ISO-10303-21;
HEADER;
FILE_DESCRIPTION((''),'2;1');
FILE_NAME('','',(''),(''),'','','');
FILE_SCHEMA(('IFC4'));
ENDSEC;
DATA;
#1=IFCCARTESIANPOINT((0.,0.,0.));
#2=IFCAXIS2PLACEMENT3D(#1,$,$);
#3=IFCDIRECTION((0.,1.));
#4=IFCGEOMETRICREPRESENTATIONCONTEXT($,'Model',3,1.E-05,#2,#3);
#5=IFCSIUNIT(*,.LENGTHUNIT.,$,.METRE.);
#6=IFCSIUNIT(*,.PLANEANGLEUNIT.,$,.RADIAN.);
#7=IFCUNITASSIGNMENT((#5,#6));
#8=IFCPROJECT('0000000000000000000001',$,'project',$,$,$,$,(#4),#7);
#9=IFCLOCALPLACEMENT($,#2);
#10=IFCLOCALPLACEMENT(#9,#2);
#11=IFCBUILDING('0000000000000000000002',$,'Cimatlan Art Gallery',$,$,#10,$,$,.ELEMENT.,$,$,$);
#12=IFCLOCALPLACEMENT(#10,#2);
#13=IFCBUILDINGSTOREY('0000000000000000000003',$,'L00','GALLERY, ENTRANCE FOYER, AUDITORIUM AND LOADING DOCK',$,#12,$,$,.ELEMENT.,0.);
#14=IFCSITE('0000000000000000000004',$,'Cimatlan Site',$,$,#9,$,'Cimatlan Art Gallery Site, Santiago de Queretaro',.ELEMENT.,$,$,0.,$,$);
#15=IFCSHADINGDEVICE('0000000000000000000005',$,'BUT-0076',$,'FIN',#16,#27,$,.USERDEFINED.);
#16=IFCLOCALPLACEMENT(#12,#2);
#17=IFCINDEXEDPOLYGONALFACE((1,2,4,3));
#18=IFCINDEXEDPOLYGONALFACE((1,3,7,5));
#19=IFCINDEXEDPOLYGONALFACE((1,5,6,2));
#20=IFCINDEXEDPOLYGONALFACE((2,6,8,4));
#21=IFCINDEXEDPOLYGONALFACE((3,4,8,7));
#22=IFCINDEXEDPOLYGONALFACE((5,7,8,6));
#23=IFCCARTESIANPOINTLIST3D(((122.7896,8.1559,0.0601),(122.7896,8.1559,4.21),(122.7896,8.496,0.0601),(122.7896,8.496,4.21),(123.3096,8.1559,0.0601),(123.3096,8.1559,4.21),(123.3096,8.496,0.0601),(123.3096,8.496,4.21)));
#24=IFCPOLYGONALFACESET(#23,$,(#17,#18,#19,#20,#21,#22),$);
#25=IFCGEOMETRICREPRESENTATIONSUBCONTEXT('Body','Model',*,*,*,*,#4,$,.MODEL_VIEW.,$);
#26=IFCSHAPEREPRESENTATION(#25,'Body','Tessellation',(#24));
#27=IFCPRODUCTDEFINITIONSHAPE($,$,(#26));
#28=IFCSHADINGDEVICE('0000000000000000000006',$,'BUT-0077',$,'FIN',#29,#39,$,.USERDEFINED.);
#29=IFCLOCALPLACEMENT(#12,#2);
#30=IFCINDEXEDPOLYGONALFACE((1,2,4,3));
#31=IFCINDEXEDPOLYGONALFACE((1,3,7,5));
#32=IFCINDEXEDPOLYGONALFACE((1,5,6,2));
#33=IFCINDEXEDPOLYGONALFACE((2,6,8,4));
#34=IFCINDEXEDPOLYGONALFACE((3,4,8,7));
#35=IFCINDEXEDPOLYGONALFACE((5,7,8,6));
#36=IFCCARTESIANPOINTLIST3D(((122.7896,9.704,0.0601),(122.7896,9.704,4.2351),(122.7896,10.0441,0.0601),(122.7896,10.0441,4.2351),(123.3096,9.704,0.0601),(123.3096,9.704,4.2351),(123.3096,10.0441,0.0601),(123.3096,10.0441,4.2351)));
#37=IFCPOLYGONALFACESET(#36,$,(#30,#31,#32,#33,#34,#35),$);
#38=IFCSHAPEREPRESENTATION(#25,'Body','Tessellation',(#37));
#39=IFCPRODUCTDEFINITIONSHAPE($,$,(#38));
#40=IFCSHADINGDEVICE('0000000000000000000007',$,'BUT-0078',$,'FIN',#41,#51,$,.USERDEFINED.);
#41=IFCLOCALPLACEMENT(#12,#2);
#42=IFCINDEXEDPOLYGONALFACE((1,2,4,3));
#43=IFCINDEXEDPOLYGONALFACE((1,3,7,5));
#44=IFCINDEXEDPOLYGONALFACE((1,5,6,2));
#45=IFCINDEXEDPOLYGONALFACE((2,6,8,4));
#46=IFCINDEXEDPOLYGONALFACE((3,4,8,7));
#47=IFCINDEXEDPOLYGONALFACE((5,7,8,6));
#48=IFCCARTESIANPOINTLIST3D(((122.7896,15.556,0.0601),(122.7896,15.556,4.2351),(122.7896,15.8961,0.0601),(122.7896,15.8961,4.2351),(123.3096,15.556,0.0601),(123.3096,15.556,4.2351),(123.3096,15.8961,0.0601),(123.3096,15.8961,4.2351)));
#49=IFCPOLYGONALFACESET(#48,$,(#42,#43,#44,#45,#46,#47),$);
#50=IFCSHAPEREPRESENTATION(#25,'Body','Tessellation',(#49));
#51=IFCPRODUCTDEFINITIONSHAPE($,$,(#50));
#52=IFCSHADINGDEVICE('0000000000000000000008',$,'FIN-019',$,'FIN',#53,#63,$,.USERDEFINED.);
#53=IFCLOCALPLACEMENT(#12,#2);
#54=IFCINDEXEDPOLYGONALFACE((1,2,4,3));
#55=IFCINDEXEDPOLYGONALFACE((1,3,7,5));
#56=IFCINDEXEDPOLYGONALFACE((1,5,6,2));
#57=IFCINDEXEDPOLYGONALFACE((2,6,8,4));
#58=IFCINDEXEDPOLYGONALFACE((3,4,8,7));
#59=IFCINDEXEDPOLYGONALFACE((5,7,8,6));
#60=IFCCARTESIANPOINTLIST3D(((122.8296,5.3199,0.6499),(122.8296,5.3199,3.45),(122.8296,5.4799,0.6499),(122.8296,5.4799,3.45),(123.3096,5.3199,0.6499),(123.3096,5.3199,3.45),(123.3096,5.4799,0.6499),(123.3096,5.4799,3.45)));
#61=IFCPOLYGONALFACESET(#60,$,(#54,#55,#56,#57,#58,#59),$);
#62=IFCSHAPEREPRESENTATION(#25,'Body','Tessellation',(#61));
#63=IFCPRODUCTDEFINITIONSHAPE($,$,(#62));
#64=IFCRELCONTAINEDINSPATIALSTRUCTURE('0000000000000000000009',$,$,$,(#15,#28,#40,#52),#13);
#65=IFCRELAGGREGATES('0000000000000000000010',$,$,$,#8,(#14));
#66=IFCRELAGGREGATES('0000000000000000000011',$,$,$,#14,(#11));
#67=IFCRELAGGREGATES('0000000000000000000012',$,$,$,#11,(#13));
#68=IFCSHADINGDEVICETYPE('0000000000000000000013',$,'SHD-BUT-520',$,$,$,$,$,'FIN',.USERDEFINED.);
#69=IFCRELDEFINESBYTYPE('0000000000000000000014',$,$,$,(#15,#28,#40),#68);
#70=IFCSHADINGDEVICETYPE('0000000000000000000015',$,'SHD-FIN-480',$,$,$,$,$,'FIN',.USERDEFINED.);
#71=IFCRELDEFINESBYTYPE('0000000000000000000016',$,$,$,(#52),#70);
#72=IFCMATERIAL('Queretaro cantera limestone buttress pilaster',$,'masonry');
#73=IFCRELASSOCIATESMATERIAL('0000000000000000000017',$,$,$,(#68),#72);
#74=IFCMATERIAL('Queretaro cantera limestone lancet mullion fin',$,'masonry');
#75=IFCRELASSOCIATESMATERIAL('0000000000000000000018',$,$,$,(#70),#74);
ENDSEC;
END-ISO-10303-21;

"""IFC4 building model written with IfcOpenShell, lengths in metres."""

from ifc_helpers import new_model, si_unit, direction, frame, origin, origin_2d, place, context, subcontext, project, spatial, rectangle, extrude, material, type_object, element, save


model = new_model("IFC4")

# Units and contexts
model_context = context("Model", 3, precision=1e-05, world=origin(), true_north=direction((0.0, 1.0)))
body_context = subcontext(model_context, "Body", "Model", "MODEL_VIEW")
ifc_project = project(units=[si_unit("LENGTHUNIT", "METRE"), si_unit("PLANEANGLEUNIT", "RADIAN")], contexts=[model_context])

# Site, building, storey
site_placement = place(None, origin())
site = spatial("IfcSite", under=ifc_project, at=site_placement, Name="Cimatlan Site", LongName="Cimatlan Art Gallery Site, Santiago de Queretaro", CompositionType="ELEMENT", RefElevation=0.0)
building_placement = place(site_placement, origin())
building = spatial("IfcBuilding", under=site, at=building_placement, Name="Cimatlan Art Gallery", CompositionType="ELEMENT")
storey_placement = place(building_placement, origin())
storey = spatial("IfcBuildingStorey", under=building, at=storey_placement, Name="L00", Description="GALLERY, ENTRANCE FOYER, AUDITORIUM AND LOADING DOCK", CompositionType="ELEMENT", Elevation=0.0)

# Shading devices
ifc_material_1 = material(Name="Queretaro cantera limestone buttress pilaster", Category="masonry")
shading_device_type_1 = type_object("IfcShadingDeviceType", Name="SHD-BUT-520", ElementType="FIN", PredefinedType="USERDEFINED", material=ifc_material_1)
for number, where, z_axis, x_axis, name in (
    (1, (123.0496, 8.3259, 0.0601), (0.0, 0.0, 1.0), (0.0, 1.0, 0.0), "BUT-0076"),
):
    element("IfcShadingDevice", number, at=place(storey_placement, frame(where, z_axis=z_axis, x_axis=x_axis)), inside=storey, type_object=shading_device_type_1, Name=name, ObjectType="FIN", PredefinedType="USERDEFINED", context=body_context, shape_type="SweptSolid", body=[
        extrude(rectangle(XDim=0.3401, YDim=0.52, at=origin_2d()), origin(), (0.0, 0.0, 1.0), 4.1499),
    ])
for number, where, z_axis, x_axis, name in (
    (2, (123.0496, 9.874, 0.0601), (0.0, 0.0, 1.0), (0.0, 1.0, 0.0), "BUT-0077"),
    (3, (123.0496, 15.7261, 0.0601), (0.0, 0.0, 1.0), (0.0, 1.0, 0.0), "BUT-0078"),
):
    element("IfcShadingDevice", number, at=place(storey_placement, frame(where, z_axis=z_axis, x_axis=x_axis)), inside=storey, type_object=shading_device_type_1, Name=name, ObjectType="FIN", PredefinedType="USERDEFINED", context=body_context, shape_type="SweptSolid", body=[
        extrude(rectangle(XDim=0.3401, YDim=0.52, at=origin_2d()), origin(), (0.0, 0.0, 1.0), 4.175),
    ])
ifc_material_2 = material(Name="Queretaro cantera limestone lancet mullion fin", Category="masonry")
shading_device_type_2 = type_object("IfcShadingDeviceType", Name="SHD-FIN-480", ElementType="FIN", PredefinedType="USERDEFINED", material=ifc_material_2)
shading_device_placement = place(storey_placement, frame((123.0696, 5.3999, 0.6499), z_axis=(0.0, 0.0, 1.0), x_axis=(0.0, 1.0, 0.0)))
element("IfcShadingDevice", 4, at=shading_device_placement, inside=storey, type_object=shading_device_type_2, Name="FIN-019", ObjectType="FIN", PredefinedType="USERDEFINED", context=body_context, shape_type="SweptSolid", body=[
    extrude(rectangle(XDim=0.1599, YDim=0.48, at=origin_2d()), origin(), (0.0, 0.0, 1.0), 2.8),
])

save(model, "model.ifc")
